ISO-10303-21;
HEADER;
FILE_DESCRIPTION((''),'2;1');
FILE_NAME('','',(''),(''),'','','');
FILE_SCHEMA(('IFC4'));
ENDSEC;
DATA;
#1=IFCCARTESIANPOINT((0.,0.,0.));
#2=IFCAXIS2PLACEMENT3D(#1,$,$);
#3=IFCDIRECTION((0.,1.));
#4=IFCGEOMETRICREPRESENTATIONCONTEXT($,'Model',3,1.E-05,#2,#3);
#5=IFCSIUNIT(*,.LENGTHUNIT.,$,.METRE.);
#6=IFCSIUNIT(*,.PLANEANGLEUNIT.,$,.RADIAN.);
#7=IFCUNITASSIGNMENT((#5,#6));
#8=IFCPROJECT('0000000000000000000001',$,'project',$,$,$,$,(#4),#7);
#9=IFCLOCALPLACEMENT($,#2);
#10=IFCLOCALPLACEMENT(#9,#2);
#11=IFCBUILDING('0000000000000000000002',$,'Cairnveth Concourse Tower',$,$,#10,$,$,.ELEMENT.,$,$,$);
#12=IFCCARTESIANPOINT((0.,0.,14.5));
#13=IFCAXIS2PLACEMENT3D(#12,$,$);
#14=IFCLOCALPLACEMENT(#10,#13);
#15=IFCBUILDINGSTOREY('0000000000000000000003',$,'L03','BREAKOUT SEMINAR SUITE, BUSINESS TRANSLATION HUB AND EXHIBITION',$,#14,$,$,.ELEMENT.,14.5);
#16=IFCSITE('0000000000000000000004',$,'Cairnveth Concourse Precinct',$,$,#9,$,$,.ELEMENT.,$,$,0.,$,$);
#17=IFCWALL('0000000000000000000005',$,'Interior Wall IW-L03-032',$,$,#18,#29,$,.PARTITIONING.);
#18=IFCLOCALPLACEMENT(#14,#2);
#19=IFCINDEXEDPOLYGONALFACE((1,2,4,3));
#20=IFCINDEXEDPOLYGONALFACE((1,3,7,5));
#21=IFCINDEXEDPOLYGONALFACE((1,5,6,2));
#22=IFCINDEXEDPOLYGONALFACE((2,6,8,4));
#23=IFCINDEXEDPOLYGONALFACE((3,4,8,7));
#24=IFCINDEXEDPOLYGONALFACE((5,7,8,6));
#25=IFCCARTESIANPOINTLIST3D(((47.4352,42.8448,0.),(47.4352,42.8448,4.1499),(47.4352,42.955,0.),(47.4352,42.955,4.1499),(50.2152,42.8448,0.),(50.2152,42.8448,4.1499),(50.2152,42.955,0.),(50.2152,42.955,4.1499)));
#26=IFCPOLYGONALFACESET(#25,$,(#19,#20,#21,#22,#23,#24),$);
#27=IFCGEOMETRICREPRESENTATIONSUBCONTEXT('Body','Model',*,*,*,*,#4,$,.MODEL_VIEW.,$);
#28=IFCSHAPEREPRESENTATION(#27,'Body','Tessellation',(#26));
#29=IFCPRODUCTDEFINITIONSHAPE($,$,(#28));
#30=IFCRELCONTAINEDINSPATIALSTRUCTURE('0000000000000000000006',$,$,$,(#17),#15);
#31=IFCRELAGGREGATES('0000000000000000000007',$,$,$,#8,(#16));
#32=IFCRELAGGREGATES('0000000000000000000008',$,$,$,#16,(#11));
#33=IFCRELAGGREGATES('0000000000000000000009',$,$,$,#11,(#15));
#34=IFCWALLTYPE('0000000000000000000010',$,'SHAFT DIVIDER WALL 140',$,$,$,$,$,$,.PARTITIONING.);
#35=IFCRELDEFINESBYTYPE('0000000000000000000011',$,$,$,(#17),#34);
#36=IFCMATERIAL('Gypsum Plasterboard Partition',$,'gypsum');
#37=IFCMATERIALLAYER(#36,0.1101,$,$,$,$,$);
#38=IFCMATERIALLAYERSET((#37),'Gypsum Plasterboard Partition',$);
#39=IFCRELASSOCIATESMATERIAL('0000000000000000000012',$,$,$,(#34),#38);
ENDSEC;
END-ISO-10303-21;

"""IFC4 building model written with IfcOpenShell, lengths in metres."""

from ifc_helpers import new_model, si_unit, direction, frame, frame_2d, origin, place, context, subcontext, project, spatial, rectangle, extrude, material, layer, layer_set, type_object, element, save


model = new_model("IFC4")

# Units and contexts
model_context = context("Model", 3, precision=1e-05, world=origin(), true_north=direction((0.0, 1.0)))
body_context = subcontext(model_context, "Body", "Model", "MODEL_VIEW")
ifc_project = project(units=[si_unit("LENGTHUNIT", "METRE"), si_unit("PLANEANGLEUNIT", "RADIAN")], contexts=[model_context])

# Site, building, storey
site_placement = place(None, origin())
site = spatial("IfcSite", under=ifc_project, at=site_placement, Name="Cairnveth Concourse Precinct", CompositionType="ELEMENT", RefElevation=0.0)
building_placement = place(site_placement, origin())
building = spatial("IfcBuilding", under=site, at=building_placement, Name="Cairnveth Concourse Tower", CompositionType="ELEMENT")
storey_placement = place(building_placement, frame((0.0, 0.0, 14.5)))
storey = spatial("IfcBuildingStorey", under=building, at=storey_placement, Name="L03", Description="BREAKOUT SEMINAR SUITE, BUSINESS TRANSLATION HUB AND EXHIBITION", CompositionType="ELEMENT", Elevation=14.5)

# Wall
ifc_material_1 = material(Name="Gypsum Plasterboard Partition", Category="gypsum")
ifc_layer_1 = layer(ifc_material_1, 0.1101)
ifc_layer_set_1 = layer_set([ifc_layer_1], Name="Gypsum Plasterboard Partition")
wall_type_1 = type_object("IfcWallType", Name="SHAFT DIVIDER WALL 140", PredefinedType="PARTITIONING", material=ifc_layer_set_1)
wall_1_placement = place(storey_placement, frame((47.4351, 42.8999, 0.0), z_axis=(0.0, 0.0, 1.0), x_axis=(1.0, 0.0, 0.0)))
element("IfcWall", 1, at=wall_1_placement, inside=storey, type_object=wall_type_1, Name="Interior Wall IW-L03-032", PredefinedType="PARTITIONING", context=body_context, shape_type="SweptSolid", body=[
    extrude(rectangle(XDim=2.78, YDim=0.1101, at=frame_2d((1.3901, 0.0))), origin(), (0.0, 0.0, 1.0), 4.1499),
])

save(model, "model.ifc")
